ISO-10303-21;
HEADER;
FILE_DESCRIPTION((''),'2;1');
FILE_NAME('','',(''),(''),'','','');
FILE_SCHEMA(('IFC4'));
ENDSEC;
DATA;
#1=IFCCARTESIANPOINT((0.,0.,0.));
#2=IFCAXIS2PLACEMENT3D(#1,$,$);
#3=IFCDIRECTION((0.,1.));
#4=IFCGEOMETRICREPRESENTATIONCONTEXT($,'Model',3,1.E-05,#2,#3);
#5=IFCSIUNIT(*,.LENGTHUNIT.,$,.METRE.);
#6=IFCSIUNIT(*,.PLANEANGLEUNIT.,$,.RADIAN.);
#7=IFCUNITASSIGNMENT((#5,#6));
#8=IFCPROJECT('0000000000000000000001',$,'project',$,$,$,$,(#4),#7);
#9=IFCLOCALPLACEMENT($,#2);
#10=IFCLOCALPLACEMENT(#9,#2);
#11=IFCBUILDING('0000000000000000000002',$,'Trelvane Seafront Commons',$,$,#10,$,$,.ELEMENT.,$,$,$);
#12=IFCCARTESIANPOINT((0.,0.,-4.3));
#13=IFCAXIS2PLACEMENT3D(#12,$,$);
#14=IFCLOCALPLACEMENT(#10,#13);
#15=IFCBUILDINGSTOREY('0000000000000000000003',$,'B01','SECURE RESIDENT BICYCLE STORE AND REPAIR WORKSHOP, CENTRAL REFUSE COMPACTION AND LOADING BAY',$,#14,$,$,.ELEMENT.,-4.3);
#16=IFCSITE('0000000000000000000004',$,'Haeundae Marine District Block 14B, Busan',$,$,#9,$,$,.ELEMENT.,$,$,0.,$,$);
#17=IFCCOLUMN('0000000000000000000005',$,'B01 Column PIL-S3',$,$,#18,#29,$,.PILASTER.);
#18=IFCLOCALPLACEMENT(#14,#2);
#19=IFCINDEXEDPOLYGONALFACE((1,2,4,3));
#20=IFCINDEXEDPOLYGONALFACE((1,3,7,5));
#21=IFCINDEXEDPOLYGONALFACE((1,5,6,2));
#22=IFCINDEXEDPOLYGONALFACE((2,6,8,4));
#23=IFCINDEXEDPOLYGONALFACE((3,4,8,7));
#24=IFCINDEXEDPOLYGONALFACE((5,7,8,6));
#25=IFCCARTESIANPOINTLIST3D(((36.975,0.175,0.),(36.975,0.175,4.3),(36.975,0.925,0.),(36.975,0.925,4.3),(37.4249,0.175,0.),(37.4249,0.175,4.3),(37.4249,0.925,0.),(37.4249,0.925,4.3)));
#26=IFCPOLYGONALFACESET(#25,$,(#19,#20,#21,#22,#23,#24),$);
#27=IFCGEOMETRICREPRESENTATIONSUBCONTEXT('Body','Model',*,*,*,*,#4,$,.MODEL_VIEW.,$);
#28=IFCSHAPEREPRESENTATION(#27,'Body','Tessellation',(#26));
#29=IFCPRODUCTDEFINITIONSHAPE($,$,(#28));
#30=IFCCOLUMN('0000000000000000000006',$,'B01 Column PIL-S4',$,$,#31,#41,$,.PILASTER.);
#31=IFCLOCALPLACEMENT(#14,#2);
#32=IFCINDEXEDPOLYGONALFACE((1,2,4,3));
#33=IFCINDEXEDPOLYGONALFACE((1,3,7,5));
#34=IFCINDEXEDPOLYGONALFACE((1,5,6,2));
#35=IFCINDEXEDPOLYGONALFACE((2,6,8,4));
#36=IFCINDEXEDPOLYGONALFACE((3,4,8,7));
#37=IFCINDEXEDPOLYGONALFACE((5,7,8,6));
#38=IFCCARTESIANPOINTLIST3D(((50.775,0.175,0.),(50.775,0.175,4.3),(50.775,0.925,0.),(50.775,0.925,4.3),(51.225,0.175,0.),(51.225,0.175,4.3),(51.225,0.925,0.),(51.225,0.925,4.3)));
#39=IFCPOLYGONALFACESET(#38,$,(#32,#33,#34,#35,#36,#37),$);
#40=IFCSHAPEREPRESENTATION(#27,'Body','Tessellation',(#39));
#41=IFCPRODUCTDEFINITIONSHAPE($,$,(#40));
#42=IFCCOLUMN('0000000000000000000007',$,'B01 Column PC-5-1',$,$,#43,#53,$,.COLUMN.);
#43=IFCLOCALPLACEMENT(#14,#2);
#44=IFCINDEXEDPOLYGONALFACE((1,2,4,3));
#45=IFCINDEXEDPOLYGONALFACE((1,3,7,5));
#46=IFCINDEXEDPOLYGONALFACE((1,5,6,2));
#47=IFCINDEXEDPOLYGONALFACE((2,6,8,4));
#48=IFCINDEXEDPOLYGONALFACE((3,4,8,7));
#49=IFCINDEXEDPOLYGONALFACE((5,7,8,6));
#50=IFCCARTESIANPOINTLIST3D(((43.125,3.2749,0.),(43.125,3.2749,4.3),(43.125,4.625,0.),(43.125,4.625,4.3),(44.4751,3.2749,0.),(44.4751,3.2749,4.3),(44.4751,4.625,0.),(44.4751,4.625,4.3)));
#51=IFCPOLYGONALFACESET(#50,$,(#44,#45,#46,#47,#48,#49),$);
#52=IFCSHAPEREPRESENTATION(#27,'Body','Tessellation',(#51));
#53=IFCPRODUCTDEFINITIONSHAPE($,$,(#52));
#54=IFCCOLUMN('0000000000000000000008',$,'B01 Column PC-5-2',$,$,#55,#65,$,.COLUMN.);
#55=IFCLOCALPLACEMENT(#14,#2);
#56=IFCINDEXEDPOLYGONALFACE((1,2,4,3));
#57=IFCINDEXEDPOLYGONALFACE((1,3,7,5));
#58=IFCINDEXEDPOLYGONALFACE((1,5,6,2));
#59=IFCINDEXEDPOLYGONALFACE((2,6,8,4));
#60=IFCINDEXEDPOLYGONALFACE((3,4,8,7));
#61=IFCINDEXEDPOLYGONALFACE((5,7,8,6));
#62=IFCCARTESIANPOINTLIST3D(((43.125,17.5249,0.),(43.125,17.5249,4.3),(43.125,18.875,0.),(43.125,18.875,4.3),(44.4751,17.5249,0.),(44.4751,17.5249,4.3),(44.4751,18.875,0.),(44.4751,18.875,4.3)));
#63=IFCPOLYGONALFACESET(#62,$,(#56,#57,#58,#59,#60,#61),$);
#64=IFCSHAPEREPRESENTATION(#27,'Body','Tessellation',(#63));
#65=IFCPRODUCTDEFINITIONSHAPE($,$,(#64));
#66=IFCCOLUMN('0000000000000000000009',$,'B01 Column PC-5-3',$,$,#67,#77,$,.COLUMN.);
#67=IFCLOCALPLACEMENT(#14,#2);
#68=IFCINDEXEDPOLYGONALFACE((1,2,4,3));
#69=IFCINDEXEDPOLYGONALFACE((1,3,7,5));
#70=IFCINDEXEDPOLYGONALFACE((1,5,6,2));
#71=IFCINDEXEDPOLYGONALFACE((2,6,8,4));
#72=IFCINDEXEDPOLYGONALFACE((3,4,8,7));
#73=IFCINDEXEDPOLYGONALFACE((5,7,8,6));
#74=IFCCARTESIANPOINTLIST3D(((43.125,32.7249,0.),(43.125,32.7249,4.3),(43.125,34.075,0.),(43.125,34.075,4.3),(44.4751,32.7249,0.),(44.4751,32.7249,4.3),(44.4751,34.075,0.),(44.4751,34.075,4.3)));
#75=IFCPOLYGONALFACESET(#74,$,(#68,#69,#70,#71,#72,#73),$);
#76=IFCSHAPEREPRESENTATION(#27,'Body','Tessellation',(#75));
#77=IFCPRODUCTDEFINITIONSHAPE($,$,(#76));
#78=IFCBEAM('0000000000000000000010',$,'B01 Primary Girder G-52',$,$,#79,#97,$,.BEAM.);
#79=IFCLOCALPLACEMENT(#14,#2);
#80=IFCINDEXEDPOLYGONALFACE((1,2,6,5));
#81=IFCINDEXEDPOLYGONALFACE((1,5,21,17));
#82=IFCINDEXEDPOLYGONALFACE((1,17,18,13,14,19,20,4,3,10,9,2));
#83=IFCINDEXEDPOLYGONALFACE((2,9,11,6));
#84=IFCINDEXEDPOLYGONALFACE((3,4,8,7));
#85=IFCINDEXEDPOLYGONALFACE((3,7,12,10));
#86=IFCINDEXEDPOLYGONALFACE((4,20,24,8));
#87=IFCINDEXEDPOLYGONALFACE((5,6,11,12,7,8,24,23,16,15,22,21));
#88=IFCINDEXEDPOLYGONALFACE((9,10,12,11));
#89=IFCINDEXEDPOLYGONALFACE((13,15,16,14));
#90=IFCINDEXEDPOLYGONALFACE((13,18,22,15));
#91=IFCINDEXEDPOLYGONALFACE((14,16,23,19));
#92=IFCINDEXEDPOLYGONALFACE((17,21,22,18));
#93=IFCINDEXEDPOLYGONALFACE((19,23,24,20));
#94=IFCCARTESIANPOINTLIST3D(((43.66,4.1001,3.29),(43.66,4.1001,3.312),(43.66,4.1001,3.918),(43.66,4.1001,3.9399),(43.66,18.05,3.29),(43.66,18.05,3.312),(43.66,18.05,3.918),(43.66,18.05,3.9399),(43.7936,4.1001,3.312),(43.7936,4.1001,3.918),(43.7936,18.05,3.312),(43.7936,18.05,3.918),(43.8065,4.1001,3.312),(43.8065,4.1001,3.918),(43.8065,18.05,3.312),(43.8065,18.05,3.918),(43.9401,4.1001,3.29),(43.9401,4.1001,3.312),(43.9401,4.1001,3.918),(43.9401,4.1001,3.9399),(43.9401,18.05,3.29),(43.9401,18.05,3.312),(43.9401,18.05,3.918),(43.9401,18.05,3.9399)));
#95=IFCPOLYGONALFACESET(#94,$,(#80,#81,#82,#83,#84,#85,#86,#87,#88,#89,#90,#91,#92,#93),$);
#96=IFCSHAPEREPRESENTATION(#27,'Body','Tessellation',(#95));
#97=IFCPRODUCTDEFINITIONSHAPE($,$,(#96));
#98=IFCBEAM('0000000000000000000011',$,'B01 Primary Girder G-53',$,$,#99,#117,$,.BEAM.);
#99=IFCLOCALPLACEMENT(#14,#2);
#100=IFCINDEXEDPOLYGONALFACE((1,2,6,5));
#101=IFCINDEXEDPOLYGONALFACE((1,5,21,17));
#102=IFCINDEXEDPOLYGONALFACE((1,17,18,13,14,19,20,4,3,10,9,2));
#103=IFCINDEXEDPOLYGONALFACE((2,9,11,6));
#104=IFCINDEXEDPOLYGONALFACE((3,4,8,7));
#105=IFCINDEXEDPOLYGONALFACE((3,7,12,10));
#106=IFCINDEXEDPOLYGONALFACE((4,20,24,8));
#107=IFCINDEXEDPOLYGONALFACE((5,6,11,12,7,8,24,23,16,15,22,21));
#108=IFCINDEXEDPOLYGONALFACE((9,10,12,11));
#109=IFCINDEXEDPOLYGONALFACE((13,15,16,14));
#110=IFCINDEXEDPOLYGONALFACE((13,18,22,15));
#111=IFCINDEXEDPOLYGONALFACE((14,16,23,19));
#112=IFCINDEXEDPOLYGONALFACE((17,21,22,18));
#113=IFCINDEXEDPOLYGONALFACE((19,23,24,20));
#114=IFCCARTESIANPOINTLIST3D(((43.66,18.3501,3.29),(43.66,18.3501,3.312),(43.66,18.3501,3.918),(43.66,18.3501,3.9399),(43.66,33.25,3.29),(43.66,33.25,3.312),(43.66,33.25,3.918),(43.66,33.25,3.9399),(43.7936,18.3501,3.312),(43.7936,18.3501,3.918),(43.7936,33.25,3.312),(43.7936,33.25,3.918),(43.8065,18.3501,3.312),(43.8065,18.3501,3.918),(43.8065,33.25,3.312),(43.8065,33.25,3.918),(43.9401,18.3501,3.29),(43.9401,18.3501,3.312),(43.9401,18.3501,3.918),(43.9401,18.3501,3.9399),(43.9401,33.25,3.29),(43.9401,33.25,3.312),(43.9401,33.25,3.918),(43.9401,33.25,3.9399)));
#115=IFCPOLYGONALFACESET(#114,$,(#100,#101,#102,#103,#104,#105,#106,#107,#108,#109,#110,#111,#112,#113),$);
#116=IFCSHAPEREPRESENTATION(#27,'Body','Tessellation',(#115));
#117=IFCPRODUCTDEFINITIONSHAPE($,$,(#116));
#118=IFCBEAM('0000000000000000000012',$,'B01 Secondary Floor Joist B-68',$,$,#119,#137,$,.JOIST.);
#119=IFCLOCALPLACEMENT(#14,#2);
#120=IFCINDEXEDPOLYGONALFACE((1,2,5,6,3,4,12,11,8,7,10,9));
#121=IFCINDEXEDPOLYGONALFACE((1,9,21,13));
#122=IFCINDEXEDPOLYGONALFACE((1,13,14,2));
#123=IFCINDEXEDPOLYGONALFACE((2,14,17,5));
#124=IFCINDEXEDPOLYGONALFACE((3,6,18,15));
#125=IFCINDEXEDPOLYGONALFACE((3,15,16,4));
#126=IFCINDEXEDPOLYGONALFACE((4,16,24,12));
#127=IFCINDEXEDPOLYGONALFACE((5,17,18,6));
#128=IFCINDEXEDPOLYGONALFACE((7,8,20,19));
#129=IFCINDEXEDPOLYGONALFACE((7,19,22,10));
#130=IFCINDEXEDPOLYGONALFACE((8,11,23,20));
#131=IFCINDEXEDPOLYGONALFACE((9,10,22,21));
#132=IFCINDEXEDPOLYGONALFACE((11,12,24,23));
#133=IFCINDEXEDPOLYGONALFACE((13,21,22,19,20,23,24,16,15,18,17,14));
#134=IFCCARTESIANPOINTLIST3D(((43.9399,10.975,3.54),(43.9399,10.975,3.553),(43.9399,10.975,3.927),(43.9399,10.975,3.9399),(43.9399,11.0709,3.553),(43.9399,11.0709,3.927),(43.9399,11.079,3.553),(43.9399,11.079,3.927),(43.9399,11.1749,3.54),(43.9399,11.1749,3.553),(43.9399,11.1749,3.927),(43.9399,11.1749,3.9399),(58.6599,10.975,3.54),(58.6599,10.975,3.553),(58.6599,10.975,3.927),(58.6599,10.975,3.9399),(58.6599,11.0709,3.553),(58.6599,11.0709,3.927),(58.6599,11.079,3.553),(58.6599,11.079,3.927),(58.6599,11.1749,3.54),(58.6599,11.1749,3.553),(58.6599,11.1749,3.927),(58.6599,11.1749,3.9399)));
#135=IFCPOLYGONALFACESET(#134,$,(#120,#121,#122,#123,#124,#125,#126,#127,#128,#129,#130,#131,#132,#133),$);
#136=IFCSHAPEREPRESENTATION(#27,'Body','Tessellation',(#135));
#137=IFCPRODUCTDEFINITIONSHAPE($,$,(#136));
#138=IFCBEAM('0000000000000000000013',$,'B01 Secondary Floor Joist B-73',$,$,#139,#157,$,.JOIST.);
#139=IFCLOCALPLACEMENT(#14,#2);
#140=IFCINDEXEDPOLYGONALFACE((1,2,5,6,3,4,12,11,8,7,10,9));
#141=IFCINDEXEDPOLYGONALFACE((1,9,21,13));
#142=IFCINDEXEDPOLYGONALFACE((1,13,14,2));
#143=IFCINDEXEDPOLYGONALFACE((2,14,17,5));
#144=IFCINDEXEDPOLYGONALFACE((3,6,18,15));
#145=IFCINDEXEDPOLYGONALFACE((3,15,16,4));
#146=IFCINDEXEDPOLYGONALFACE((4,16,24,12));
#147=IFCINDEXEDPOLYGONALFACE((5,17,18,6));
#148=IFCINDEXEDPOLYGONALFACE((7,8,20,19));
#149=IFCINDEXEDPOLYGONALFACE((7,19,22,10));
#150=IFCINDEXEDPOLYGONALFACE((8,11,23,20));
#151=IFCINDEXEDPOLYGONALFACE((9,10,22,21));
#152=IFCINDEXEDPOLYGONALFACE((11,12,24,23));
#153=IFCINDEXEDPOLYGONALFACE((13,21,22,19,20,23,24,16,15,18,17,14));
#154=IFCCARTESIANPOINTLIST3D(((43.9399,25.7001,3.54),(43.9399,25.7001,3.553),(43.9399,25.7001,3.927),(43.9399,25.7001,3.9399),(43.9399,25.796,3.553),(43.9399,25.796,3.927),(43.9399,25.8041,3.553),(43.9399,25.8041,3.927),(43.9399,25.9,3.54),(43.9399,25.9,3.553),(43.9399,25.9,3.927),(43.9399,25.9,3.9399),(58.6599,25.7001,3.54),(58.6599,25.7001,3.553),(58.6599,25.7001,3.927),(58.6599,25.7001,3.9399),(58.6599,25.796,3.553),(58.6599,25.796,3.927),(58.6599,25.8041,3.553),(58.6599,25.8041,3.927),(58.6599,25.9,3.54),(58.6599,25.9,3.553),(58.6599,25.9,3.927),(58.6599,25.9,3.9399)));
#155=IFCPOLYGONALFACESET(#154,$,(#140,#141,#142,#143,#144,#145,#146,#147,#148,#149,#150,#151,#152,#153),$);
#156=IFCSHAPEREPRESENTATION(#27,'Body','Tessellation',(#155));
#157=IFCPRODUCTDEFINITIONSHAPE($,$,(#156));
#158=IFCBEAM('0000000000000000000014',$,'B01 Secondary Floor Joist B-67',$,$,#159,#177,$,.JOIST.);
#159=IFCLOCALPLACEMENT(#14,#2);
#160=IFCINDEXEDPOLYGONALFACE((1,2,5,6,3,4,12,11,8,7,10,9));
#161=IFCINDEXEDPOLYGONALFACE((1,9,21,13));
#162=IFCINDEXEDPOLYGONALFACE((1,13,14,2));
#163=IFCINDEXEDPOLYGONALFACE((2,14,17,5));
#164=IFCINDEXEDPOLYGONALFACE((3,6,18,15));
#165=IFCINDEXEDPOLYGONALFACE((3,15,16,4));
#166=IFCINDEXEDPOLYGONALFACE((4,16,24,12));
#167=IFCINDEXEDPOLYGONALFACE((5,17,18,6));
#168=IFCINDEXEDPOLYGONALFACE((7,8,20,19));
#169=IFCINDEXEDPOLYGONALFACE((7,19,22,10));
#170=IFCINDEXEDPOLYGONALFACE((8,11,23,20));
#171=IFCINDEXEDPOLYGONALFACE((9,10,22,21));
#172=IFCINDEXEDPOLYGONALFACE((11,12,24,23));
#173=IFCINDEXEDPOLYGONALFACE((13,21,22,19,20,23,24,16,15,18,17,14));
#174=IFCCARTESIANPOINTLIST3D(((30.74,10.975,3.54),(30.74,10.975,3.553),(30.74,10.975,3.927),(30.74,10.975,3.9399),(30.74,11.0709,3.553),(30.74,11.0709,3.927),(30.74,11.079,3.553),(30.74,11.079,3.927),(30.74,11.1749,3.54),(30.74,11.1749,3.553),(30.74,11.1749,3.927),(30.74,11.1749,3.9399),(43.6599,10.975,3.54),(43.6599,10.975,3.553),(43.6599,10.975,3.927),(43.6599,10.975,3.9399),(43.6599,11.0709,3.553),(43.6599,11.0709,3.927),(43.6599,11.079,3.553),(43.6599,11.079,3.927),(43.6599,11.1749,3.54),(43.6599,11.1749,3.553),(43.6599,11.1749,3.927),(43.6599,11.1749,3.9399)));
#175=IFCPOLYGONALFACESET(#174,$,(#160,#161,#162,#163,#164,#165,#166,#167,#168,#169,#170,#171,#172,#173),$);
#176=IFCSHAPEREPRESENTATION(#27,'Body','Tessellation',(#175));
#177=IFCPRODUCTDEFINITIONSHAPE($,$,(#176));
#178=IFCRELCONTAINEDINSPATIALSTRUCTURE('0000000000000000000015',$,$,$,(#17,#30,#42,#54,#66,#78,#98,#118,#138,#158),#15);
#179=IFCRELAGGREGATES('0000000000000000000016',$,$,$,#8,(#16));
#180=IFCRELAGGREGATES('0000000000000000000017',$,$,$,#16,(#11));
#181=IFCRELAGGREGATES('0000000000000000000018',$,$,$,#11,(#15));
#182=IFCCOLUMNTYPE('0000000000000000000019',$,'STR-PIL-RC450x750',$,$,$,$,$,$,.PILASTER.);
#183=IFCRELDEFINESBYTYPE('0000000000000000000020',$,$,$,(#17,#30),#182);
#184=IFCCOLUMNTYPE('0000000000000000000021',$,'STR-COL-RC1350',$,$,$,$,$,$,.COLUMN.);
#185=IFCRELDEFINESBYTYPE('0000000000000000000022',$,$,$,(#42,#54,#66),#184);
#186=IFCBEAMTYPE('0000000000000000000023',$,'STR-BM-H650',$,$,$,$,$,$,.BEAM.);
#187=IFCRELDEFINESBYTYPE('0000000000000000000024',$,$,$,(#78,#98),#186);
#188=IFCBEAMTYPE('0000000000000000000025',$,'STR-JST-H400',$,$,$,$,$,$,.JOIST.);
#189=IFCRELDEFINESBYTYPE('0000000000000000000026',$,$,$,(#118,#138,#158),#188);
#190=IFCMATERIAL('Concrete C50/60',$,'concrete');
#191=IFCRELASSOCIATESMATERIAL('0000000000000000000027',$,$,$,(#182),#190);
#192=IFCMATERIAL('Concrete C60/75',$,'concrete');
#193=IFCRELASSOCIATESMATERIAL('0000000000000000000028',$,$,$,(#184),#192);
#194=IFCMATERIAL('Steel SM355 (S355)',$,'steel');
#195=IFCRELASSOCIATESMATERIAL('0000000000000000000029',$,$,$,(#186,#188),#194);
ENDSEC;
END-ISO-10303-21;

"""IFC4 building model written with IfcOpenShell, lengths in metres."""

from ifc_helpers import new_model, si_unit, direction, frame, origin, origin_2d, place, context, subcontext, project, spatial, rectangle, i_section, extrude, source, transform, mapped, material, material_profile, profile_set, type_object, element, save


model = new_model("IFC4")

# Units and contexts
model_context = context("Model", 3, precision=1e-05, world=origin(), true_north=direction((0.0, 1.0)))
body_context = subcontext(model_context, "Body", "Model", "MODEL_VIEW")
ifc_project = project(units=[si_unit("LENGTHUNIT", "METRE"), si_unit("PLANEANGLEUNIT", "RADIAN")], contexts=[model_context])

# Site, building, storey
site_placement = place(None, origin())
site = spatial("IfcSite", under=ifc_project, at=site_placement, Name="Haeundae Marine District Block 14B, Busan", CompositionType="ELEMENT", RefElevation=0.0)
building_placement = place(site_placement, origin())
building = spatial("IfcBuilding", under=site, at=building_placement, Name="Trelvane Seafront Commons", CompositionType="ELEMENT")
storey_placement = place(building_placement, frame((0.0, 0.0, -4.3)))
storey = spatial("IfcBuildingStorey", under=building, at=storey_placement, Name="B01", Description="SECURE RESIDENT BICYCLE STORE AND REPAIR WORKSHOP, CENTRAL REFUSE COMPACTION AND LOADING BAY", CompositionType="ELEMENT", Elevation=-4.3)

# Columns
ifc_material_1 = material(Name="Concrete C50/60", Category="concrete")
ifc_material_profile_1 = material_profile(ifc_material_1, rectangle(XDim=0.45, YDim=0.75, at=origin_2d()), Name="RC-450x750")
ifc_profile_set_1 = profile_set([ifc_material_profile_1], Name="Concrete C50/60")
column_type_1 = type_object("IfcColumnType", Name="STR-PIL-RC450x750", PredefinedType="PILASTER", material=ifc_profile_set_1)
shared_shape_1 = source(origin(), body_context, "Body", "SweptSolid", [
    extrude(rectangle(XDim=0.45, YDim=0.75, at=origin_2d()), origin(), (0.0, 0.0, 1.0), 4.3),
])
for number, where, z_axis, x_axis, name in (
    (1, (37.2, 0.55, 0.0), (0.0, 0.0, 1.0), (1.0, 0.0, 0.0), "B01 Column PIL-S3"),
    (2, (51.0, 0.55, 0.0), (0.0, 0.0, 1.0), (1.0, 0.0, 0.0), "B01 Column PIL-S4"),
):
    element("IfcColumn", number, at=place(storey_placement, frame(where, z_axis=z_axis, x_axis=x_axis)), inside=storey, type_object=column_type_1, Name=name, PredefinedType="PILASTER", context=body_context, shape_type="MappedRepresentation", body=[
        mapped(shared_shape_1, transform((0.0, 0.0, 0.0), x_axis=(1.0, 0.0, 0.0), y_axis=(0.0, 1.0, 0.0), z_axis=(0.0, 0.0, 1.0), scale=1.0)),
    ])
ifc_material_2 = material(Name="Concrete C60/75", Category="concrete")
ifc_material_profile_2 = material_profile(ifc_material_2, rectangle(XDim=1.3501, YDim=1.3501, at=origin_2d()), Name="RC-1350x1350")
ifc_profile_set_2 = profile_set([ifc_material_profile_2], Name="Concrete C60/75")
column_type_2 = type_object("IfcColumnType", Name="STR-COL-RC1350", PredefinedType="COLUMN", material=ifc_profile_set_2)
shared_shape_2 = source(origin(), body_context, "Body", "SweptSolid", [
    extrude(rectangle(XDim=1.3501, YDim=1.3501, at=origin_2d()), origin(), (0.0, 0.0, 1.0), 4.3),
])
for number, where, z_axis, x_axis, name in (
    (3, (43.8, 3.95, 0.0), (0.0, 0.0, 1.0), (1.0, 0.0, 0.0), "B01 Column PC-5-1"),
    (4, (43.8, 18.2, 0.0), (0.0, 0.0, 1.0), (1.0, 0.0, 0.0), "B01 Column PC-5-2"),
    (5, (43.8, 33.3999, 0.0), (0.0, 0.0, 1.0), (1.0, 0.0, 0.0), "B01 Column PC-5-3"),
):
    element("IfcColumn", number, at=place(storey_placement, frame(where, z_axis=z_axis, x_axis=x_axis)), inside=storey, type_object=column_type_2, Name=name, PredefinedType="COLUMN", context=body_context, shape_type="MappedRepresentation", body=[
        mapped(shared_shape_2, transform((0.0, 0.0, 0.0), x_axis=(1.0, 0.0, 0.0), y_axis=(0.0, 1.0, 0.0), z_axis=(0.0, 0.0, 1.0), scale=1.0)),
    ])

# Beams
ifc_material_3 = material(Name="Steel SM355 (S355)", Category="steel")
ifc_material_profile_3 = material_profile(ifc_material_3, i_section(OverallWidth=0.28, OverallDepth=0.6499, WebThickness=0.0129, FlangeThickness=0.022, at=origin_2d()), Name="H-650x280x13x22")
ifc_profile_set_3 = profile_set([ifc_material_profile_3], Name="Steel SM355 (S355)")
beam_type_1 = type_object("IfcBeamType", Name="STR-BM-H650", PredefinedType="BEAM", material=ifc_profile_set_3)
shared_shape_3 = source(origin(), body_context, "Body", "SweptSolid", [
    extrude(i_section(OverallWidth=0.28, OverallDepth=0.6499, WebThickness=0.0129, FlangeThickness=0.022, at=origin_2d()), origin(), (0.0, 0.0, 1.0), 13.95),
])
beam_1_placement = place(storey_placement, frame((43.8, 4.1001, 3.615), z_axis=(0.0, 1.0, 0.0), x_axis=(-1.0, 0.0, 0.0)))
element("IfcBeam", 6, at=beam_1_placement, inside=storey, type_object=beam_type_1, Name="B01 Primary Girder G-52", PredefinedType="BEAM", context=body_context, shape_type="MappedRepresentation", body=[
    mapped(shared_shape_3, transform((0.0, 0.0, 0.0), x_axis=(1.0, 0.0, 0.0), y_axis=(0.0, 1.0, 0.0), z_axis=(0.0, 0.0, 1.0), scale=1.0)),
])
shared_shape_4 = source(origin(), body_context, "Body", "SweptSolid", [
    extrude(i_section(OverallWidth=0.28, OverallDepth=0.6499, WebThickness=0.0129, FlangeThickness=0.022, at=origin_2d()), origin(), (0.0, 0.0, 1.0), 14.8999),
])
beam_2_placement = place(storey_placement, frame((43.8, 18.3501, 3.615), z_axis=(0.0, 1.0, 0.0), x_axis=(-1.0, 0.0, 0.0)))
element("IfcBeam", 7, at=beam_2_placement, inside=storey, type_object=beam_type_1, Name="B01 Primary Girder G-53", PredefinedType="BEAM", context=body_context, shape_type="MappedRepresentation", body=[
    mapped(shared_shape_4, transform((0.0, 0.0, 0.0), x_axis=(1.0, 0.0, 0.0), y_axis=(0.0, 1.0, 0.0), z_axis=(0.0, 0.0, 1.0), scale=1.0)),
])
ifc_material_profile_4 = material_profile(ifc_material_3, i_section(OverallWidth=0.2, OverallDepth=0.3999, WebThickness=0.0081, FlangeThickness=0.0129, at=origin_2d()), Name="H-400x200x8x13")
ifc_profile_set_4 = profile_set([ifc_material_profile_4], Name="Steel SM355 (S355)")
beam_type_2 = type_object("IfcBeamType", Name="STR-JST-H400", PredefinedType="JOIST", material=ifc_profile_set_4)
shared_shape_5 = source(origin(), body_context, "Body", "SweptSolid", [
    extrude(i_section(OverallWidth=0.2, OverallDepth=0.3999, WebThickness=0.0081, FlangeThickness=0.0129, at=origin_2d()), origin(), (0.0, 0.0, 1.0), 14.72),
])
for number, where, z_axis, x_axis, name in (
    (8, (43.9399, 11.075, 3.74), (1.0, 0.0, 0.0), (0.0, 1.0, 0.0), "B01 Secondary Floor Joist B-68"),
    (9, (43.9399, 25.8, 3.74), (1.0, 0.0, 0.0), (0.0, 1.0, 0.0), "B01 Secondary Floor Joist B-73"),
):
    element("IfcBeam", number, at=place(storey_placement, frame(where, z_axis=z_axis, x_axis=x_axis)), inside=storey, type_object=beam_type_2, Name=name, PredefinedType="JOIST", context=body_context, shape_type="MappedRepresentation", body=[
        mapped(shared_shape_5, transform((0.0, 0.0, 0.0), x_axis=(1.0, 0.0, 0.0), y_axis=(0.0, 1.0, 0.0), z_axis=(0.0, 0.0, 1.0), scale=1.0)),
    ])
shared_shape_6 = source(origin(), body_context, "Body", "SweptSolid", [
    extrude(i_section(OverallWidth=0.2, OverallDepth=0.3999, WebThickness=0.0081, FlangeThickness=0.0129, at=origin_2d()), origin(), (0.0, 0.0, 1.0), 12.9199),
])
for number, where, z_axis, x_axis, name in (
    (10, (30.74, 11.075, 3.74), (1.0, 0.0, 0.0), (0.0, 1.0, 0.0), "B01 Secondary Floor Joist B-67"),
):
    element("IfcBeam", number, at=place(storey_placement, frame(where, z_axis=z_axis, x_axis=x_axis)), inside=storey, type_object=beam_type_2, Name=name, PredefinedType="JOIST", context=body_context, shape_type="MappedRepresentation", body=[
        mapped(shared_shape_6, transform((0.0, 0.0, 0.0), x_axis=(1.0, 0.0, 0.0), y_axis=(0.0, 1.0, 0.0), z_axis=(0.0, 0.0, 1.0), scale=1.0)),
    ])

save(model, "model.ifc")
